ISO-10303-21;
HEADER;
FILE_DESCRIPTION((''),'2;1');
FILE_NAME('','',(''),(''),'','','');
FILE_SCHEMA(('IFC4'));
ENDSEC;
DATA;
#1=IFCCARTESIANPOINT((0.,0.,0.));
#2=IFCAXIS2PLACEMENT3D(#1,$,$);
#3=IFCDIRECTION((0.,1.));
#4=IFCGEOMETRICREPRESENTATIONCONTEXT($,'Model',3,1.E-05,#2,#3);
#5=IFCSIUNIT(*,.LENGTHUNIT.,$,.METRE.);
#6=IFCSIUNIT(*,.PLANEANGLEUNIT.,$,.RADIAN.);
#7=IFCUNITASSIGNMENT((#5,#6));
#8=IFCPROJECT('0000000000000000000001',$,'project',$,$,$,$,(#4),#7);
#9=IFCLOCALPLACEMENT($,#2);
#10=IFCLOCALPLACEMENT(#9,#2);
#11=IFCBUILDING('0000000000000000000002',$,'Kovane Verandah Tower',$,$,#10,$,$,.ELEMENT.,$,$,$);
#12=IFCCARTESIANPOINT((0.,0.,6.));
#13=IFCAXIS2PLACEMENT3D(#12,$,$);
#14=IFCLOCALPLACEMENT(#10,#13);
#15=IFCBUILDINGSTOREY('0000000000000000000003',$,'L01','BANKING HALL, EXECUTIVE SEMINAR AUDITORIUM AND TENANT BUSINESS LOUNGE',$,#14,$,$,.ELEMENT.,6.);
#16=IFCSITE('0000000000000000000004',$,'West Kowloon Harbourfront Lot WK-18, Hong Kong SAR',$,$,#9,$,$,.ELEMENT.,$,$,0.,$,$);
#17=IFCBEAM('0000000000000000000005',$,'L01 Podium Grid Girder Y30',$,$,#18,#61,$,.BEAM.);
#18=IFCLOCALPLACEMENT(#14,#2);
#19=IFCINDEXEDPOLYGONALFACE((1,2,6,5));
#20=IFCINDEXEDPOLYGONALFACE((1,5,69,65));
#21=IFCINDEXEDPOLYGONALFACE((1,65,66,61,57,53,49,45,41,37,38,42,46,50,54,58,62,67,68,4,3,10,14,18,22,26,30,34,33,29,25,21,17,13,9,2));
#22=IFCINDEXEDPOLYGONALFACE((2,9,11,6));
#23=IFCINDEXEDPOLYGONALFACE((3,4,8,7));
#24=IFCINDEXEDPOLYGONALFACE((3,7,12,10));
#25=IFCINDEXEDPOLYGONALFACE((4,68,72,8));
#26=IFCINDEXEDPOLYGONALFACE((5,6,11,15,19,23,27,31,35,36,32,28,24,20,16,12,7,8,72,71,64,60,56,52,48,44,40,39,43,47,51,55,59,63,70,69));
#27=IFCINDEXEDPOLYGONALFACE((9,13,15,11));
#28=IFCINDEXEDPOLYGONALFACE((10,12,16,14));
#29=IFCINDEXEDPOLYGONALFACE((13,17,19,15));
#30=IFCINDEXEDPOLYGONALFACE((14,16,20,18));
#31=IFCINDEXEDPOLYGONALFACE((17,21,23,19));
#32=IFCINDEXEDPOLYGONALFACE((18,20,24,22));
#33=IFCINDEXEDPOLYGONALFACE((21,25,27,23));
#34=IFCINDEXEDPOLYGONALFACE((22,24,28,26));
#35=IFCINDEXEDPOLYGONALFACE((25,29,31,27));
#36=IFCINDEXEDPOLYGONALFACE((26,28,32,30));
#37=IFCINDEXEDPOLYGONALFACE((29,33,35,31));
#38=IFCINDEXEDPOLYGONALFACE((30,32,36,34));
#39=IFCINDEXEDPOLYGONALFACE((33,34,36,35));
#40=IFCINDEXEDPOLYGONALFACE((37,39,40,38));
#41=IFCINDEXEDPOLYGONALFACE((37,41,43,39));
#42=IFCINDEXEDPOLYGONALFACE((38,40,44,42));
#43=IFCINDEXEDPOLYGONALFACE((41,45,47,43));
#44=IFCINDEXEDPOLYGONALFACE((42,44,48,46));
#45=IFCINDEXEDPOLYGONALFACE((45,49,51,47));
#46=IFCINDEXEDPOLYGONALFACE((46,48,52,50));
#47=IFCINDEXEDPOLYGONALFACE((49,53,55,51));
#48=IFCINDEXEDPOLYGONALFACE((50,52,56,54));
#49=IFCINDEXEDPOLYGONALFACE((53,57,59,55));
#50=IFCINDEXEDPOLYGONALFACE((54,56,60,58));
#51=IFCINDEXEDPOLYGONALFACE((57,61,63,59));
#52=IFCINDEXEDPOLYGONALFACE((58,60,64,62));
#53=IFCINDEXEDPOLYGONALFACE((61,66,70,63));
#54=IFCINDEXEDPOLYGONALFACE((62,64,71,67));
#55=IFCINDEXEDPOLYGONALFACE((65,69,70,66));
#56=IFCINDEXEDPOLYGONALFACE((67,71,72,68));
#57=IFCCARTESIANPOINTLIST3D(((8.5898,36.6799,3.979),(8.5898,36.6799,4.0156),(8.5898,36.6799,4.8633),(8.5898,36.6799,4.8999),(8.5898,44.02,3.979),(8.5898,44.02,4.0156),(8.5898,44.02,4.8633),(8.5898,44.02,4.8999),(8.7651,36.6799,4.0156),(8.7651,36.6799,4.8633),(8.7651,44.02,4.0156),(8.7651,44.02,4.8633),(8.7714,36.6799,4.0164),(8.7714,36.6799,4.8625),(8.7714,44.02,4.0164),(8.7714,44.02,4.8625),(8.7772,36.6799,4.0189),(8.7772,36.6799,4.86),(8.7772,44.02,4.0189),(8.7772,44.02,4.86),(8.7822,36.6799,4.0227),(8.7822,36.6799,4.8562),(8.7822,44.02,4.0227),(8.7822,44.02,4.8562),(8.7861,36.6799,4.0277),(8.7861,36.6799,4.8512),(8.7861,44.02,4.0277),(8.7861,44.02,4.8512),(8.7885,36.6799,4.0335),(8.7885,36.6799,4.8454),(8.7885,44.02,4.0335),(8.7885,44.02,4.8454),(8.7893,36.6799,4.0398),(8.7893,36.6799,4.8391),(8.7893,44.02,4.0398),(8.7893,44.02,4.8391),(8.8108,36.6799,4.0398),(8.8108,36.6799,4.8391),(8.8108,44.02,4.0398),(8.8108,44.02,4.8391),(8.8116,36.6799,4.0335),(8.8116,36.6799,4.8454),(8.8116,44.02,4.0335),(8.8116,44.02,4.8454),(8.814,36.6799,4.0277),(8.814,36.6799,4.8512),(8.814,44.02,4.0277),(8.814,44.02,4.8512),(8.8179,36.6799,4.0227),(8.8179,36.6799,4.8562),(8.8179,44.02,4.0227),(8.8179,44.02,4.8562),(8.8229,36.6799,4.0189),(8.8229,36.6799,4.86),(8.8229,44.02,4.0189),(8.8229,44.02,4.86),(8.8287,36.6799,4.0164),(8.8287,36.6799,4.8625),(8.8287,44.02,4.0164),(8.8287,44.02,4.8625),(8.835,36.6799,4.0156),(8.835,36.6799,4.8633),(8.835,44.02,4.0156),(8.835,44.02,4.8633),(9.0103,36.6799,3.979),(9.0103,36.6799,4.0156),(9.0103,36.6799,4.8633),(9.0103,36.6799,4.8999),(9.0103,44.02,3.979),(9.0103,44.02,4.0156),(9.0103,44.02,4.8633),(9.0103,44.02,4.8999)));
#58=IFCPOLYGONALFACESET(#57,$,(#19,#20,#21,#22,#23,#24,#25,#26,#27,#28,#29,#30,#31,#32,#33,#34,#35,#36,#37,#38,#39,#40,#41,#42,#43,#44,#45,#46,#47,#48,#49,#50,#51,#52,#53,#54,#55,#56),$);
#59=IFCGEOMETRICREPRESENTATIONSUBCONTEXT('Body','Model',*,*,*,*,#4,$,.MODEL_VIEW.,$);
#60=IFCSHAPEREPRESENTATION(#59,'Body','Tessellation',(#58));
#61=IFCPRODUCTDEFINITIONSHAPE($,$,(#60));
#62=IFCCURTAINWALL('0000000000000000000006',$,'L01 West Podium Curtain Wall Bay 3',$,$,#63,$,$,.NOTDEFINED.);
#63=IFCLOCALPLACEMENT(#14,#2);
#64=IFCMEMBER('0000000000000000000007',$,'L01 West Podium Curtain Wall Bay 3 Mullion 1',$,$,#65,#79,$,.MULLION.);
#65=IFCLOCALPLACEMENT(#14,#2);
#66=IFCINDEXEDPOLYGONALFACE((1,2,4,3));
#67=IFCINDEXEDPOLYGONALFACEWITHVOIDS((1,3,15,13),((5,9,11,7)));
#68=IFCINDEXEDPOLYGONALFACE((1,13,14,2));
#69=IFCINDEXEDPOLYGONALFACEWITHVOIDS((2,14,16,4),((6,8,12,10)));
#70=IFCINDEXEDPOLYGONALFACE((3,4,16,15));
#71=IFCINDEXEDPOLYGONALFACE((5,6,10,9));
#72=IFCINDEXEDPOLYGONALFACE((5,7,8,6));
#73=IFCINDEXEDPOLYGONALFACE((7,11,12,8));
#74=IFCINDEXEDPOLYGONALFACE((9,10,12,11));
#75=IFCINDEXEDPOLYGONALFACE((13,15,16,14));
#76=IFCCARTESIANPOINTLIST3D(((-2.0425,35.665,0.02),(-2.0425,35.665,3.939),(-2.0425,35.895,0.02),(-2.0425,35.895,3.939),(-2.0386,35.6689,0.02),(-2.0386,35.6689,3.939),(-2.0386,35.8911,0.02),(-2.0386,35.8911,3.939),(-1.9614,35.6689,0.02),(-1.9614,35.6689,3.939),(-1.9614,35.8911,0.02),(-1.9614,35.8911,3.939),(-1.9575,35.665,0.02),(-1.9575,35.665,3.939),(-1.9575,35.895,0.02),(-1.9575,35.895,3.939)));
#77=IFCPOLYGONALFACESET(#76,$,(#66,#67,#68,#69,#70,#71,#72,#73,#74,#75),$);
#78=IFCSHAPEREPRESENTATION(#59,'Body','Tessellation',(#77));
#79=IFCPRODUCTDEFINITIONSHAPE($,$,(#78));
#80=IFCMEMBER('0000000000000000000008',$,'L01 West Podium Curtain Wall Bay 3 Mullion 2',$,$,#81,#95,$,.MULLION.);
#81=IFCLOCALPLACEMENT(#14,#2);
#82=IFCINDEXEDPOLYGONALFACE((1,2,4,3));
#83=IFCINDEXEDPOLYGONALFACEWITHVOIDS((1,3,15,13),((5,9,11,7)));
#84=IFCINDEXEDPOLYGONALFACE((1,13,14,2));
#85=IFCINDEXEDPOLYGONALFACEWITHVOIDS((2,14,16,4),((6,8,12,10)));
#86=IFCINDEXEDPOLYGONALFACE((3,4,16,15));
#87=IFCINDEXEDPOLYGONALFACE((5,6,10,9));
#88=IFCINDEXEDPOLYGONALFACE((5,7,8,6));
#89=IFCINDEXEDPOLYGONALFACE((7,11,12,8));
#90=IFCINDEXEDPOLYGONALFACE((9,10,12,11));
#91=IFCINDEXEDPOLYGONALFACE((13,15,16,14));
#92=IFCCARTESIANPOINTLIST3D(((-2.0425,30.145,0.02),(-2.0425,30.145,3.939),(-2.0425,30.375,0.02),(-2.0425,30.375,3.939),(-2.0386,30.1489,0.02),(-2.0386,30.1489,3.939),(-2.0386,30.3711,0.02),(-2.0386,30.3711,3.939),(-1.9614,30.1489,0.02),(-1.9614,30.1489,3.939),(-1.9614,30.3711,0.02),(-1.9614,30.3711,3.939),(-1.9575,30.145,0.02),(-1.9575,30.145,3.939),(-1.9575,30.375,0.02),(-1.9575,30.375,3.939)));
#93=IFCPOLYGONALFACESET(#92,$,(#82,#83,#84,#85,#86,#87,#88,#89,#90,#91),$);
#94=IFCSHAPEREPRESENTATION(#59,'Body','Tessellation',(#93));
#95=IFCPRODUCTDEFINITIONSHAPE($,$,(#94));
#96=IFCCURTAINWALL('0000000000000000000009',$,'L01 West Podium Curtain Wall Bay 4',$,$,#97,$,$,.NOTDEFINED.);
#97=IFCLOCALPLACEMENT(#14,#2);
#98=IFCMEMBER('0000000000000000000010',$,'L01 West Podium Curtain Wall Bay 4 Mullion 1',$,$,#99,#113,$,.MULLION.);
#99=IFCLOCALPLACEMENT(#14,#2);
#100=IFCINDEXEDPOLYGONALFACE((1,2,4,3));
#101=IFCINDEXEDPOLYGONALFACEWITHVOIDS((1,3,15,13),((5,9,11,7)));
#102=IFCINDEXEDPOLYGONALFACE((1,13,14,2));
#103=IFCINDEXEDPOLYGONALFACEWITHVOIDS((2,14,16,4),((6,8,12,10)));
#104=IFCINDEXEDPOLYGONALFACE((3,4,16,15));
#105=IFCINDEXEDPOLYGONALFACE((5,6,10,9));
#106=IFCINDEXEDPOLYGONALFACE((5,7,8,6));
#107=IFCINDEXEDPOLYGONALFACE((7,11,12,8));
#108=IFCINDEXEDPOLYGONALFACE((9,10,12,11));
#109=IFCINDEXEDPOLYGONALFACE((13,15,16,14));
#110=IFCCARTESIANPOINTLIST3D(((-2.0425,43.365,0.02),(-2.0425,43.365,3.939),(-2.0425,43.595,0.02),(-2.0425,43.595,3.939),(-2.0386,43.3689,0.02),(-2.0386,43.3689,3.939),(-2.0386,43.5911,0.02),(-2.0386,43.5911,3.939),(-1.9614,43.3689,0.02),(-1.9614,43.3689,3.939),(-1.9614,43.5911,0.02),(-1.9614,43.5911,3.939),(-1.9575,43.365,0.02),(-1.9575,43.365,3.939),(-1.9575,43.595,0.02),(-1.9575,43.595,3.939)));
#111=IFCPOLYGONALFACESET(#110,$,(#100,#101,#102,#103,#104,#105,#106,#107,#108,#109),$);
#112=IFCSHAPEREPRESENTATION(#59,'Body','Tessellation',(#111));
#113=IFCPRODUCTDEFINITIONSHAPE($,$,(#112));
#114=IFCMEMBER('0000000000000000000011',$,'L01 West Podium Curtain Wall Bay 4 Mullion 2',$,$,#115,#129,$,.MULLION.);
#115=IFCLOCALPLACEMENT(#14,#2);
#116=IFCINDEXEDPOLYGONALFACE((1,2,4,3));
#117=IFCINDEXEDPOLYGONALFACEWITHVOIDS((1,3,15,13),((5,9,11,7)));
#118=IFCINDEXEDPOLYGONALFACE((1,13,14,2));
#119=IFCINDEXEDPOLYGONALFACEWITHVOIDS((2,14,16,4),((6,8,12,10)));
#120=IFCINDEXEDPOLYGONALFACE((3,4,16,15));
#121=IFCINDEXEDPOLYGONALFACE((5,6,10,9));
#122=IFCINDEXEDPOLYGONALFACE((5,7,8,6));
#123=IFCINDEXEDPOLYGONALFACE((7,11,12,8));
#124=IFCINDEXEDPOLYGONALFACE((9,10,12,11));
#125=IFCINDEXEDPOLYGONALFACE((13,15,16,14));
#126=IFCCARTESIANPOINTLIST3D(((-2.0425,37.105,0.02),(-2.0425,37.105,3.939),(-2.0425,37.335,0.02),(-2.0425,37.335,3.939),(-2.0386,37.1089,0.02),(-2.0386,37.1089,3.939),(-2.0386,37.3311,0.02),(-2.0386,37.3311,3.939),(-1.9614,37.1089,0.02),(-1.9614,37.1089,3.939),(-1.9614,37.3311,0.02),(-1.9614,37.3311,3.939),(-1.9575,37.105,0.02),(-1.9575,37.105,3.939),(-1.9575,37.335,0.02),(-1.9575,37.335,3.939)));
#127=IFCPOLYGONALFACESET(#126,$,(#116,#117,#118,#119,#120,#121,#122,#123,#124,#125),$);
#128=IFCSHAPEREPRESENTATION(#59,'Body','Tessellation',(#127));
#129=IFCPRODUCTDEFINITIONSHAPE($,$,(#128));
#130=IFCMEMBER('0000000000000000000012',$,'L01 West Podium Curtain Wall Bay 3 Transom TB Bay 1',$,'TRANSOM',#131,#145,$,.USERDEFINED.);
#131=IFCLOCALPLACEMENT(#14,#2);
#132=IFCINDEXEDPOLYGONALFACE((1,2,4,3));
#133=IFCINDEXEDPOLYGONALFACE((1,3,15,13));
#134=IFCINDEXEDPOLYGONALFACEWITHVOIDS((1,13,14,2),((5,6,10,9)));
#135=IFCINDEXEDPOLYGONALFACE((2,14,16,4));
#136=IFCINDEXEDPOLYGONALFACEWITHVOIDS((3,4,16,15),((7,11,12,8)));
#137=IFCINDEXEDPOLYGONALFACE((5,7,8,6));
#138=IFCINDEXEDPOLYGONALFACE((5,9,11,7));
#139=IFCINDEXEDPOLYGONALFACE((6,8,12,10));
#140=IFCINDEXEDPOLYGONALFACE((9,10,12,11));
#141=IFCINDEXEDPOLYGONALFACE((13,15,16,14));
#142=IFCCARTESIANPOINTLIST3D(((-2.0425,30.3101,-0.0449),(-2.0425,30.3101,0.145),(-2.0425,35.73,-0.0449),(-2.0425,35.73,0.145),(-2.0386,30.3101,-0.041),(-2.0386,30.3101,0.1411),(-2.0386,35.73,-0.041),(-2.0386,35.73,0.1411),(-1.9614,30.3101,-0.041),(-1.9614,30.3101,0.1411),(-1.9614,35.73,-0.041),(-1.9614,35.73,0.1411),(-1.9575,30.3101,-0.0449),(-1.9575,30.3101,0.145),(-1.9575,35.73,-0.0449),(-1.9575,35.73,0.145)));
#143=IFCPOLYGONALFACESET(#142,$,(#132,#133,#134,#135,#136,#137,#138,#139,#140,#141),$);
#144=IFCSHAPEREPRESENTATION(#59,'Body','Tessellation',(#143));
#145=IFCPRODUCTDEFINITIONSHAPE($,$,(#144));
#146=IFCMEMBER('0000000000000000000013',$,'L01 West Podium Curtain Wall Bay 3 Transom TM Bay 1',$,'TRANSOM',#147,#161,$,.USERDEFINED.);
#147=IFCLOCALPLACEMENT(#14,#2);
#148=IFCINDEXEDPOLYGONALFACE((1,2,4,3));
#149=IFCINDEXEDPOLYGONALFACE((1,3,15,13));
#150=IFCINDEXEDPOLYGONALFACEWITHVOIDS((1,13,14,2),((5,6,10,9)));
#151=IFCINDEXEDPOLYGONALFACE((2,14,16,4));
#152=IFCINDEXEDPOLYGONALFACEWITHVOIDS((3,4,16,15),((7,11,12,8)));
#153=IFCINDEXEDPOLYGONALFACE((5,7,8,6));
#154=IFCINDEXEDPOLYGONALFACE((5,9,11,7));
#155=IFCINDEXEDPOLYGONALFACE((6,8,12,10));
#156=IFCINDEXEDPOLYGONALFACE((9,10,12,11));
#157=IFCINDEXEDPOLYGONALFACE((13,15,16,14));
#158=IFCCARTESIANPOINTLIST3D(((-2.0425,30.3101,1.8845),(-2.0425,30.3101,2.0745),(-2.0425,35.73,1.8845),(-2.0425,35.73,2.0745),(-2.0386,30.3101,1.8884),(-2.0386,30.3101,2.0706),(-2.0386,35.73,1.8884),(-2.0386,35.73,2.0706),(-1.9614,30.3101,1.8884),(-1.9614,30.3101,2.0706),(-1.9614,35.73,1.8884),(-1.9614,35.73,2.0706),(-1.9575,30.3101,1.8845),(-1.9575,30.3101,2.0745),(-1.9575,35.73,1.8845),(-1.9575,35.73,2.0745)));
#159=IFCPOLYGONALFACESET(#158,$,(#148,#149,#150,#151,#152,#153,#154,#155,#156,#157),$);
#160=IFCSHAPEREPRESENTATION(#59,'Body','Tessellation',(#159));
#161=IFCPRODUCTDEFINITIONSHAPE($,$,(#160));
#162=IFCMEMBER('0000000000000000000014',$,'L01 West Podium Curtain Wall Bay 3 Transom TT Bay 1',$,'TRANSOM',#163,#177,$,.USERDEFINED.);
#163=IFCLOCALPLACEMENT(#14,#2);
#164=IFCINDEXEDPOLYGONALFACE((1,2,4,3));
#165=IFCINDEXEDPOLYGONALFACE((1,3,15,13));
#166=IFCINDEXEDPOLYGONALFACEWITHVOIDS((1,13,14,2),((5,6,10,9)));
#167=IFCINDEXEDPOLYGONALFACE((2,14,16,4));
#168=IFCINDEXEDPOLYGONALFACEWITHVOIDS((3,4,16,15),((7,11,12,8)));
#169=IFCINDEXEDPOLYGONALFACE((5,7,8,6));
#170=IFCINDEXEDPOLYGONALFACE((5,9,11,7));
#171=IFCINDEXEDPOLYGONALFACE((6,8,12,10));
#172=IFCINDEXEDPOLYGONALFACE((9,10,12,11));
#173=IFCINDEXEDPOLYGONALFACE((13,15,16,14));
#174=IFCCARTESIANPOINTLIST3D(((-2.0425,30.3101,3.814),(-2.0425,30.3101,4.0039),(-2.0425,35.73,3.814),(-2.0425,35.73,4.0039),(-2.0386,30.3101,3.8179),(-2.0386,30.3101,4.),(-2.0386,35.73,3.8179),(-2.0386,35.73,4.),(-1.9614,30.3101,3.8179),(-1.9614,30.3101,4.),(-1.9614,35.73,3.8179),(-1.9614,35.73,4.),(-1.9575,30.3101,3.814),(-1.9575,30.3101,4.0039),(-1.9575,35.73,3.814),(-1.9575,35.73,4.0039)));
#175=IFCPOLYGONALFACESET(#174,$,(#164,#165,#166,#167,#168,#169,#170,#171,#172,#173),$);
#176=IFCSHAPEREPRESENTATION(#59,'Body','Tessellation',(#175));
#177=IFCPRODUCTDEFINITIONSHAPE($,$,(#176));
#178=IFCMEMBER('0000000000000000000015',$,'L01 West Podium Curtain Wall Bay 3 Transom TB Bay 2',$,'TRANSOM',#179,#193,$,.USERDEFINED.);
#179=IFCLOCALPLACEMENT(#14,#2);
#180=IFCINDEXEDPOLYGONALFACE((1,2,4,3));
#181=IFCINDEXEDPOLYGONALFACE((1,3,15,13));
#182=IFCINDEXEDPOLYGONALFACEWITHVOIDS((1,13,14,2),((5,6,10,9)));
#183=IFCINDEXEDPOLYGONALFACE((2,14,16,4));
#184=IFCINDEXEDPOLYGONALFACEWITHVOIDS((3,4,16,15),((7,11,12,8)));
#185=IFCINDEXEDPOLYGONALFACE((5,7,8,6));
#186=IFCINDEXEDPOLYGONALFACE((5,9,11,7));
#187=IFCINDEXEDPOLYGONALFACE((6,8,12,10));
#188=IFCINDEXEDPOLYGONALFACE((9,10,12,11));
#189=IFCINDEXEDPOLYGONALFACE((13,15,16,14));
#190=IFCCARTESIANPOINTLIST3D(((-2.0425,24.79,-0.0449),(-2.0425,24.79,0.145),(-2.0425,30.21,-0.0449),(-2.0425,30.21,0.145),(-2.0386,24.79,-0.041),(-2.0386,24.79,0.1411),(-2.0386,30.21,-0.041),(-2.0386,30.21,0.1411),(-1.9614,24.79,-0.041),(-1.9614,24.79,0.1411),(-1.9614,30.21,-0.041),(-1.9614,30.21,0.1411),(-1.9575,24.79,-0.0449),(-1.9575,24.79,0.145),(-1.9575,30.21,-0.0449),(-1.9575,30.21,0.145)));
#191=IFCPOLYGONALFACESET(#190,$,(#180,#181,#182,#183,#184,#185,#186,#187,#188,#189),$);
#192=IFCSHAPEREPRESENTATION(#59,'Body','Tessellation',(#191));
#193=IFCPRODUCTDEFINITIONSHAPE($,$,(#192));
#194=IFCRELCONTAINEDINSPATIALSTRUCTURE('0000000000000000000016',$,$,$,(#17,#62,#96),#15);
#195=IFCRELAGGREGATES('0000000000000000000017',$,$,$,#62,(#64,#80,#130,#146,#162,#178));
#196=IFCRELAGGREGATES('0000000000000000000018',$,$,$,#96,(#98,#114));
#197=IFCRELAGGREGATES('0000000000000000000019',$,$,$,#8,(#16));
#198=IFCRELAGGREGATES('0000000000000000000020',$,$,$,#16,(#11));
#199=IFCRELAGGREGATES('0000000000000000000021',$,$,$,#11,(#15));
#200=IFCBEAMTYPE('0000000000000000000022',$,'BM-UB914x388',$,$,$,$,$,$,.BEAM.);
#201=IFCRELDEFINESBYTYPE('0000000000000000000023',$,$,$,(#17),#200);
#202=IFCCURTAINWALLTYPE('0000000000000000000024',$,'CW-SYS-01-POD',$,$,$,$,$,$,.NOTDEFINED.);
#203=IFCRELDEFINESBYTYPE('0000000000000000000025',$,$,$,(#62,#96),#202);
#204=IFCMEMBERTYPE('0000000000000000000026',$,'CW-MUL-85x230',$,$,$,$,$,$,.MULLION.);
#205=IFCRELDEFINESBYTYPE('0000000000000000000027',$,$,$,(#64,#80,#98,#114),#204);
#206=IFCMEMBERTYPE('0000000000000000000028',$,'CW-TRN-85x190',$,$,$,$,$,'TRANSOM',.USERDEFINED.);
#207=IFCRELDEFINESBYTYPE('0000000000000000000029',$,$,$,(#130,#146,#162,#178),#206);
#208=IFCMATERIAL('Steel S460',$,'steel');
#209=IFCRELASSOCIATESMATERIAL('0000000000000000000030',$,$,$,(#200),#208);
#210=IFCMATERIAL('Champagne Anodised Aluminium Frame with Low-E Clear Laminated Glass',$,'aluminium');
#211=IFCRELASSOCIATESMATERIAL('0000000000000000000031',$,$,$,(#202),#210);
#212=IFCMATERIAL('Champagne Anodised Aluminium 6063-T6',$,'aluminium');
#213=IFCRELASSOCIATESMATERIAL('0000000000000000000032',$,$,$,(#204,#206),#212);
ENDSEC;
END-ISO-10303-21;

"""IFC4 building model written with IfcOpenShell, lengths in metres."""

from ifc_helpers import new_model, si_unit, direction, frame, origin, origin_2d, place, context, subcontext, project, spatial, hollow_rectangle, i_section, extrude, material, material_profile, profile_set, type_object, element, aggregate, save


model = new_model("IFC4")

# Units and contexts
model_context = context("Model", 3, precision=1e-05, world=origin(), true_north=direction((0.0, 1.0)))
body_context = subcontext(model_context, "Body", "Model", "MODEL_VIEW")
ifc_project = project(units=[si_unit("LENGTHUNIT", "METRE"), si_unit("PLANEANGLEUNIT", "RADIAN")], contexts=[model_context])

# Site, building, storey
site_placement = place(None, origin())
site = spatial("IfcSite", under=ifc_project, at=site_placement, Name="West Kowloon Harbourfront Lot WK-18, Hong Kong SAR", CompositionType="ELEMENT", RefElevation=0.0)
building_placement = place(site_placement, origin())
building = spatial("IfcBuilding", under=site, at=building_placement, Name="Kovane Verandah Tower", CompositionType="ELEMENT")
storey_placement = place(building_placement, frame((0.0, 0.0, 6.0)))
storey = spatial("IfcBuildingStorey", under=building, at=storey_placement, Name="L01", Description="BANKING HALL, EXECUTIVE SEMINAR AUDITORIUM AND TENANT BUSINESS LOUNGE", CompositionType="ELEMENT", Elevation=6.0)

# Beam
ifc_material_1 = material(Name="Steel S460", Category="steel")
ifc_material_profile_1 = material_profile(ifc_material_1, i_section(OverallWidth=0.4204, OverallDepth=0.9209, WebThickness=0.0215, FlangeThickness=0.0366, FilletRadius=0.0242, at=origin_2d()), Name="UB914x419x388")
ifc_profile_set_1 = profile_set([ifc_material_profile_1], Name="Steel S460")
beam_type = type_object("IfcBeamType", Name="BM-UB914x388", PredefinedType="BEAM", material=ifc_profile_set_1)
for number, where, z_axis, x_axis, name in (
    (1, (8.8, 36.6799, 4.4395), (0.0, 1.0, 0.0), (-1.0, 0.0, 0.0), "L01 Podium Grid Girder Y30"),
):
    element("IfcBeam", number, at=place(storey_placement, frame(where, z_axis=z_axis, x_axis=x_axis)), inside=storey, type_object=beam_type, Name=name, PredefinedType="BEAM", context=body_context, shape_type="SweptSolid", body=[
        extrude(i_section(OverallWidth=0.4204, OverallDepth=0.9209, WebThickness=0.0215, FlangeThickness=0.0366, FilletRadius=0.0242, at=origin_2d()), origin(), (0.0, 0.0, 1.0), 7.3401),
    ])

# Curtain walls, members
ifc_material_2 = material(Name="Champagne Anodised Aluminium Frame with Low-E Clear Laminated Glass", Category="aluminium")
curtain_wall_type = type_object("IfcCurtainWallType", Name="CW-SYS-01-POD", PredefinedType="NOTDEFINED", material=ifc_material_2)
curtain_wall_1_placement = place(storey_placement, origin())
curtain_wall_1 = element("IfcCurtainWall", 2, at=curtain_wall_1_placement, inside=storey, type_object=curtain_wall_type, Name="L01 West Podium Curtain Wall Bay 3", PredefinedType="NOTDEFINED")
ifc_material_3 = material(Name="Champagne Anodised Aluminium 6063-T6", Category="aluminium")
ifc_material_profile_2 = material_profile(ifc_material_3, hollow_rectangle(XDim=0.085, YDim=0.23, WallThickness=0.0039, at=origin_2d()), Name="AL85x230x4")
ifc_profile_set_2 = profile_set([ifc_material_profile_2], Name="Champagne Anodised Aluminium 6063-T6")
member_type_1 = type_object("IfcMemberType", Name="CW-MUL-85x230", PredefinedType="MULLION", material=ifc_profile_set_2)
member_1_placement = place(storey_placement, frame((-2.0, 35.78, 0.02), z_axis=(0.0, 0.0, 1.0), x_axis=(-1.0, 0.0, 0.0)))
member_1 = element("IfcMember", 3, at=member_1_placement, type_object=member_type_1, Name="L01 West Podium Curtain Wall Bay 3 Mullion 1", PredefinedType="MULLION", context=body_context, shape_type="SweptSolid", body=[
    extrude(hollow_rectangle(XDim=0.085, YDim=0.23, WallThickness=0.0039, at=origin_2d()), origin(), (0.0, 0.0, 1.0), 3.9189),
])
member_2_placement = place(storey_placement, frame((-2.0, 30.26, 0.02), z_axis=(0.0, 0.0, 1.0), x_axis=(-1.0, 0.0, 0.0)))
member_2 = element("IfcMember", 4, at=member_2_placement, type_object=member_type_1, Name="L01 West Podium Curtain Wall Bay 3 Mullion 2", PredefinedType="MULLION", context=body_context, shape_type="SweptSolid", body=[
    extrude(hollow_rectangle(XDim=0.085, YDim=0.23, WallThickness=0.0039, at=origin_2d()), origin(), (0.0, 0.0, 1.0), 3.9189),
])
curtain_wall_2_placement = place(storey_placement, origin())
curtain_wall_2 = element("IfcCurtainWall", 5, at=curtain_wall_2_placement, inside=storey, type_object=curtain_wall_type, Name="L01 West Podium Curtain Wall Bay 4", PredefinedType="NOTDEFINED")
member_3_placement = place(storey_placement, frame((-2.0, 43.48, 0.02), z_axis=(0.0, 0.0, 1.0), x_axis=(-1.0, 0.0, 0.0)))
member_3 = element("IfcMember", 6, at=member_3_placement, type_object=member_type_1, Name="L01 West Podium Curtain Wall Bay 4 Mullion 1", PredefinedType="MULLION", context=body_context, shape_type="SweptSolid", body=[
    extrude(hollow_rectangle(XDim=0.085, YDim=0.23, WallThickness=0.0039, at=origin_2d()), origin(), (0.0, 0.0, 1.0), 3.9189),
])
member_4_placement = place(storey_placement, frame((-2.0, 37.22, 0.02), z_axis=(0.0, 0.0, 1.0), x_axis=(-1.0, 0.0, 0.0)))
member_4 = element("IfcMember", 7, at=member_4_placement, type_object=member_type_1, Name="L01 West Podium Curtain Wall Bay 4 Mullion 2", PredefinedType="MULLION", context=body_context, shape_type="SweptSolid", body=[
    extrude(hollow_rectangle(XDim=0.085, YDim=0.23, WallThickness=0.0039, at=origin_2d()), origin(), (0.0, 0.0, 1.0), 3.9189),
])

# Members
ifc_material_profile_3 = material_profile(ifc_material_3, hollow_rectangle(XDim=0.085, YDim=0.1899, WallThickness=0.0039, at=origin_2d()), Name="AL85x190x4")
ifc_profile_set_3 = profile_set([ifc_material_profile_3], Name="Champagne Anodised Aluminium 6063-T6")
member_type_2 = type_object("IfcMemberType", Name="CW-TRN-85x190", ElementType="TRANSOM", PredefinedType="USERDEFINED", material=ifc_profile_set_3)
member_5_placement = place(storey_placement, frame((-2.0, 35.73, 0.05), z_axis=(0.0, -1.0, 0.0), x_axis=(1.0, 0.0, 0.0)))
member_5 = element("IfcMember", 8, at=member_5_placement, type_object=member_type_2, Name="L01 West Podium Curtain Wall Bay 3 Transom TB Bay 1", ObjectType="TRANSOM", PredefinedType="USERDEFINED", context=body_context, shape_type="SweptSolid", body=[
    extrude(hollow_rectangle(XDim=0.085, YDim=0.1899, WallThickness=0.0039, at=origin_2d()), origin(), (0.0, 0.0, 1.0), 5.4199),
])
member_6_placement = place(storey_placement, frame((-2.0, 35.73, 1.9795), z_axis=(0.0, -1.0, 0.0), x_axis=(1.0, 0.0, 0.0)))
member_6 = element("IfcMember", 9, at=member_6_placement, type_object=member_type_2, Name="L01 West Podium Curtain Wall Bay 3 Transom TM Bay 1", ObjectType="TRANSOM", PredefinedType="USERDEFINED", context=body_context, shape_type="SweptSolid", body=[
    extrude(hollow_rectangle(XDim=0.085, YDim=0.1899, WallThickness=0.0039, at=origin_2d()), origin(), (0.0, 0.0, 1.0), 5.4199),
])
member_7_placement = place(storey_placement, frame((-2.0, 35.73, 3.9089), z_axis=(0.0, -1.0, 0.0), x_axis=(1.0, 0.0, 0.0)))
member_7 = element("IfcMember", 10, at=member_7_placement, type_object=member_type_2, Name="L01 West Podium Curtain Wall Bay 3 Transom TT Bay 1", ObjectType="TRANSOM", PredefinedType="USERDEFINED", context=body_context, shape_type="SweptSolid", body=[
    extrude(hollow_rectangle(XDim=0.085, YDim=0.1899, WallThickness=0.0039, at=origin_2d()), origin(), (0.0, 0.0, 1.0), 5.4199),
])
member_8_placement = place(storey_placement, frame((-2.0, 30.21, 0.05), z_axis=(0.0, -1.0, 0.0), x_axis=(1.0, 0.0, 0.0)))
member_8 = element("IfcMember", 11, at=member_8_placement, type_object=member_type_2, Name="L01 West Podium Curtain Wall Bay 3 Transom TB Bay 2", ObjectType="TRANSOM", PredefinedType="USERDEFINED", context=body_context, shape_type="SweptSolid", body=[
    extrude(hollow_rectangle(XDim=0.085, YDim=0.1899, WallThickness=0.0039, at=origin_2d()), origin(), (0.0, 0.0, 1.0), 5.4199),
])

aggregate(curtain_wall_1, [member_1, member_2, member_5, member_6, member_7, member_8])
aggregate(curtain_wall_2, [member_3, member_4])

save(model, "model.ifc")
